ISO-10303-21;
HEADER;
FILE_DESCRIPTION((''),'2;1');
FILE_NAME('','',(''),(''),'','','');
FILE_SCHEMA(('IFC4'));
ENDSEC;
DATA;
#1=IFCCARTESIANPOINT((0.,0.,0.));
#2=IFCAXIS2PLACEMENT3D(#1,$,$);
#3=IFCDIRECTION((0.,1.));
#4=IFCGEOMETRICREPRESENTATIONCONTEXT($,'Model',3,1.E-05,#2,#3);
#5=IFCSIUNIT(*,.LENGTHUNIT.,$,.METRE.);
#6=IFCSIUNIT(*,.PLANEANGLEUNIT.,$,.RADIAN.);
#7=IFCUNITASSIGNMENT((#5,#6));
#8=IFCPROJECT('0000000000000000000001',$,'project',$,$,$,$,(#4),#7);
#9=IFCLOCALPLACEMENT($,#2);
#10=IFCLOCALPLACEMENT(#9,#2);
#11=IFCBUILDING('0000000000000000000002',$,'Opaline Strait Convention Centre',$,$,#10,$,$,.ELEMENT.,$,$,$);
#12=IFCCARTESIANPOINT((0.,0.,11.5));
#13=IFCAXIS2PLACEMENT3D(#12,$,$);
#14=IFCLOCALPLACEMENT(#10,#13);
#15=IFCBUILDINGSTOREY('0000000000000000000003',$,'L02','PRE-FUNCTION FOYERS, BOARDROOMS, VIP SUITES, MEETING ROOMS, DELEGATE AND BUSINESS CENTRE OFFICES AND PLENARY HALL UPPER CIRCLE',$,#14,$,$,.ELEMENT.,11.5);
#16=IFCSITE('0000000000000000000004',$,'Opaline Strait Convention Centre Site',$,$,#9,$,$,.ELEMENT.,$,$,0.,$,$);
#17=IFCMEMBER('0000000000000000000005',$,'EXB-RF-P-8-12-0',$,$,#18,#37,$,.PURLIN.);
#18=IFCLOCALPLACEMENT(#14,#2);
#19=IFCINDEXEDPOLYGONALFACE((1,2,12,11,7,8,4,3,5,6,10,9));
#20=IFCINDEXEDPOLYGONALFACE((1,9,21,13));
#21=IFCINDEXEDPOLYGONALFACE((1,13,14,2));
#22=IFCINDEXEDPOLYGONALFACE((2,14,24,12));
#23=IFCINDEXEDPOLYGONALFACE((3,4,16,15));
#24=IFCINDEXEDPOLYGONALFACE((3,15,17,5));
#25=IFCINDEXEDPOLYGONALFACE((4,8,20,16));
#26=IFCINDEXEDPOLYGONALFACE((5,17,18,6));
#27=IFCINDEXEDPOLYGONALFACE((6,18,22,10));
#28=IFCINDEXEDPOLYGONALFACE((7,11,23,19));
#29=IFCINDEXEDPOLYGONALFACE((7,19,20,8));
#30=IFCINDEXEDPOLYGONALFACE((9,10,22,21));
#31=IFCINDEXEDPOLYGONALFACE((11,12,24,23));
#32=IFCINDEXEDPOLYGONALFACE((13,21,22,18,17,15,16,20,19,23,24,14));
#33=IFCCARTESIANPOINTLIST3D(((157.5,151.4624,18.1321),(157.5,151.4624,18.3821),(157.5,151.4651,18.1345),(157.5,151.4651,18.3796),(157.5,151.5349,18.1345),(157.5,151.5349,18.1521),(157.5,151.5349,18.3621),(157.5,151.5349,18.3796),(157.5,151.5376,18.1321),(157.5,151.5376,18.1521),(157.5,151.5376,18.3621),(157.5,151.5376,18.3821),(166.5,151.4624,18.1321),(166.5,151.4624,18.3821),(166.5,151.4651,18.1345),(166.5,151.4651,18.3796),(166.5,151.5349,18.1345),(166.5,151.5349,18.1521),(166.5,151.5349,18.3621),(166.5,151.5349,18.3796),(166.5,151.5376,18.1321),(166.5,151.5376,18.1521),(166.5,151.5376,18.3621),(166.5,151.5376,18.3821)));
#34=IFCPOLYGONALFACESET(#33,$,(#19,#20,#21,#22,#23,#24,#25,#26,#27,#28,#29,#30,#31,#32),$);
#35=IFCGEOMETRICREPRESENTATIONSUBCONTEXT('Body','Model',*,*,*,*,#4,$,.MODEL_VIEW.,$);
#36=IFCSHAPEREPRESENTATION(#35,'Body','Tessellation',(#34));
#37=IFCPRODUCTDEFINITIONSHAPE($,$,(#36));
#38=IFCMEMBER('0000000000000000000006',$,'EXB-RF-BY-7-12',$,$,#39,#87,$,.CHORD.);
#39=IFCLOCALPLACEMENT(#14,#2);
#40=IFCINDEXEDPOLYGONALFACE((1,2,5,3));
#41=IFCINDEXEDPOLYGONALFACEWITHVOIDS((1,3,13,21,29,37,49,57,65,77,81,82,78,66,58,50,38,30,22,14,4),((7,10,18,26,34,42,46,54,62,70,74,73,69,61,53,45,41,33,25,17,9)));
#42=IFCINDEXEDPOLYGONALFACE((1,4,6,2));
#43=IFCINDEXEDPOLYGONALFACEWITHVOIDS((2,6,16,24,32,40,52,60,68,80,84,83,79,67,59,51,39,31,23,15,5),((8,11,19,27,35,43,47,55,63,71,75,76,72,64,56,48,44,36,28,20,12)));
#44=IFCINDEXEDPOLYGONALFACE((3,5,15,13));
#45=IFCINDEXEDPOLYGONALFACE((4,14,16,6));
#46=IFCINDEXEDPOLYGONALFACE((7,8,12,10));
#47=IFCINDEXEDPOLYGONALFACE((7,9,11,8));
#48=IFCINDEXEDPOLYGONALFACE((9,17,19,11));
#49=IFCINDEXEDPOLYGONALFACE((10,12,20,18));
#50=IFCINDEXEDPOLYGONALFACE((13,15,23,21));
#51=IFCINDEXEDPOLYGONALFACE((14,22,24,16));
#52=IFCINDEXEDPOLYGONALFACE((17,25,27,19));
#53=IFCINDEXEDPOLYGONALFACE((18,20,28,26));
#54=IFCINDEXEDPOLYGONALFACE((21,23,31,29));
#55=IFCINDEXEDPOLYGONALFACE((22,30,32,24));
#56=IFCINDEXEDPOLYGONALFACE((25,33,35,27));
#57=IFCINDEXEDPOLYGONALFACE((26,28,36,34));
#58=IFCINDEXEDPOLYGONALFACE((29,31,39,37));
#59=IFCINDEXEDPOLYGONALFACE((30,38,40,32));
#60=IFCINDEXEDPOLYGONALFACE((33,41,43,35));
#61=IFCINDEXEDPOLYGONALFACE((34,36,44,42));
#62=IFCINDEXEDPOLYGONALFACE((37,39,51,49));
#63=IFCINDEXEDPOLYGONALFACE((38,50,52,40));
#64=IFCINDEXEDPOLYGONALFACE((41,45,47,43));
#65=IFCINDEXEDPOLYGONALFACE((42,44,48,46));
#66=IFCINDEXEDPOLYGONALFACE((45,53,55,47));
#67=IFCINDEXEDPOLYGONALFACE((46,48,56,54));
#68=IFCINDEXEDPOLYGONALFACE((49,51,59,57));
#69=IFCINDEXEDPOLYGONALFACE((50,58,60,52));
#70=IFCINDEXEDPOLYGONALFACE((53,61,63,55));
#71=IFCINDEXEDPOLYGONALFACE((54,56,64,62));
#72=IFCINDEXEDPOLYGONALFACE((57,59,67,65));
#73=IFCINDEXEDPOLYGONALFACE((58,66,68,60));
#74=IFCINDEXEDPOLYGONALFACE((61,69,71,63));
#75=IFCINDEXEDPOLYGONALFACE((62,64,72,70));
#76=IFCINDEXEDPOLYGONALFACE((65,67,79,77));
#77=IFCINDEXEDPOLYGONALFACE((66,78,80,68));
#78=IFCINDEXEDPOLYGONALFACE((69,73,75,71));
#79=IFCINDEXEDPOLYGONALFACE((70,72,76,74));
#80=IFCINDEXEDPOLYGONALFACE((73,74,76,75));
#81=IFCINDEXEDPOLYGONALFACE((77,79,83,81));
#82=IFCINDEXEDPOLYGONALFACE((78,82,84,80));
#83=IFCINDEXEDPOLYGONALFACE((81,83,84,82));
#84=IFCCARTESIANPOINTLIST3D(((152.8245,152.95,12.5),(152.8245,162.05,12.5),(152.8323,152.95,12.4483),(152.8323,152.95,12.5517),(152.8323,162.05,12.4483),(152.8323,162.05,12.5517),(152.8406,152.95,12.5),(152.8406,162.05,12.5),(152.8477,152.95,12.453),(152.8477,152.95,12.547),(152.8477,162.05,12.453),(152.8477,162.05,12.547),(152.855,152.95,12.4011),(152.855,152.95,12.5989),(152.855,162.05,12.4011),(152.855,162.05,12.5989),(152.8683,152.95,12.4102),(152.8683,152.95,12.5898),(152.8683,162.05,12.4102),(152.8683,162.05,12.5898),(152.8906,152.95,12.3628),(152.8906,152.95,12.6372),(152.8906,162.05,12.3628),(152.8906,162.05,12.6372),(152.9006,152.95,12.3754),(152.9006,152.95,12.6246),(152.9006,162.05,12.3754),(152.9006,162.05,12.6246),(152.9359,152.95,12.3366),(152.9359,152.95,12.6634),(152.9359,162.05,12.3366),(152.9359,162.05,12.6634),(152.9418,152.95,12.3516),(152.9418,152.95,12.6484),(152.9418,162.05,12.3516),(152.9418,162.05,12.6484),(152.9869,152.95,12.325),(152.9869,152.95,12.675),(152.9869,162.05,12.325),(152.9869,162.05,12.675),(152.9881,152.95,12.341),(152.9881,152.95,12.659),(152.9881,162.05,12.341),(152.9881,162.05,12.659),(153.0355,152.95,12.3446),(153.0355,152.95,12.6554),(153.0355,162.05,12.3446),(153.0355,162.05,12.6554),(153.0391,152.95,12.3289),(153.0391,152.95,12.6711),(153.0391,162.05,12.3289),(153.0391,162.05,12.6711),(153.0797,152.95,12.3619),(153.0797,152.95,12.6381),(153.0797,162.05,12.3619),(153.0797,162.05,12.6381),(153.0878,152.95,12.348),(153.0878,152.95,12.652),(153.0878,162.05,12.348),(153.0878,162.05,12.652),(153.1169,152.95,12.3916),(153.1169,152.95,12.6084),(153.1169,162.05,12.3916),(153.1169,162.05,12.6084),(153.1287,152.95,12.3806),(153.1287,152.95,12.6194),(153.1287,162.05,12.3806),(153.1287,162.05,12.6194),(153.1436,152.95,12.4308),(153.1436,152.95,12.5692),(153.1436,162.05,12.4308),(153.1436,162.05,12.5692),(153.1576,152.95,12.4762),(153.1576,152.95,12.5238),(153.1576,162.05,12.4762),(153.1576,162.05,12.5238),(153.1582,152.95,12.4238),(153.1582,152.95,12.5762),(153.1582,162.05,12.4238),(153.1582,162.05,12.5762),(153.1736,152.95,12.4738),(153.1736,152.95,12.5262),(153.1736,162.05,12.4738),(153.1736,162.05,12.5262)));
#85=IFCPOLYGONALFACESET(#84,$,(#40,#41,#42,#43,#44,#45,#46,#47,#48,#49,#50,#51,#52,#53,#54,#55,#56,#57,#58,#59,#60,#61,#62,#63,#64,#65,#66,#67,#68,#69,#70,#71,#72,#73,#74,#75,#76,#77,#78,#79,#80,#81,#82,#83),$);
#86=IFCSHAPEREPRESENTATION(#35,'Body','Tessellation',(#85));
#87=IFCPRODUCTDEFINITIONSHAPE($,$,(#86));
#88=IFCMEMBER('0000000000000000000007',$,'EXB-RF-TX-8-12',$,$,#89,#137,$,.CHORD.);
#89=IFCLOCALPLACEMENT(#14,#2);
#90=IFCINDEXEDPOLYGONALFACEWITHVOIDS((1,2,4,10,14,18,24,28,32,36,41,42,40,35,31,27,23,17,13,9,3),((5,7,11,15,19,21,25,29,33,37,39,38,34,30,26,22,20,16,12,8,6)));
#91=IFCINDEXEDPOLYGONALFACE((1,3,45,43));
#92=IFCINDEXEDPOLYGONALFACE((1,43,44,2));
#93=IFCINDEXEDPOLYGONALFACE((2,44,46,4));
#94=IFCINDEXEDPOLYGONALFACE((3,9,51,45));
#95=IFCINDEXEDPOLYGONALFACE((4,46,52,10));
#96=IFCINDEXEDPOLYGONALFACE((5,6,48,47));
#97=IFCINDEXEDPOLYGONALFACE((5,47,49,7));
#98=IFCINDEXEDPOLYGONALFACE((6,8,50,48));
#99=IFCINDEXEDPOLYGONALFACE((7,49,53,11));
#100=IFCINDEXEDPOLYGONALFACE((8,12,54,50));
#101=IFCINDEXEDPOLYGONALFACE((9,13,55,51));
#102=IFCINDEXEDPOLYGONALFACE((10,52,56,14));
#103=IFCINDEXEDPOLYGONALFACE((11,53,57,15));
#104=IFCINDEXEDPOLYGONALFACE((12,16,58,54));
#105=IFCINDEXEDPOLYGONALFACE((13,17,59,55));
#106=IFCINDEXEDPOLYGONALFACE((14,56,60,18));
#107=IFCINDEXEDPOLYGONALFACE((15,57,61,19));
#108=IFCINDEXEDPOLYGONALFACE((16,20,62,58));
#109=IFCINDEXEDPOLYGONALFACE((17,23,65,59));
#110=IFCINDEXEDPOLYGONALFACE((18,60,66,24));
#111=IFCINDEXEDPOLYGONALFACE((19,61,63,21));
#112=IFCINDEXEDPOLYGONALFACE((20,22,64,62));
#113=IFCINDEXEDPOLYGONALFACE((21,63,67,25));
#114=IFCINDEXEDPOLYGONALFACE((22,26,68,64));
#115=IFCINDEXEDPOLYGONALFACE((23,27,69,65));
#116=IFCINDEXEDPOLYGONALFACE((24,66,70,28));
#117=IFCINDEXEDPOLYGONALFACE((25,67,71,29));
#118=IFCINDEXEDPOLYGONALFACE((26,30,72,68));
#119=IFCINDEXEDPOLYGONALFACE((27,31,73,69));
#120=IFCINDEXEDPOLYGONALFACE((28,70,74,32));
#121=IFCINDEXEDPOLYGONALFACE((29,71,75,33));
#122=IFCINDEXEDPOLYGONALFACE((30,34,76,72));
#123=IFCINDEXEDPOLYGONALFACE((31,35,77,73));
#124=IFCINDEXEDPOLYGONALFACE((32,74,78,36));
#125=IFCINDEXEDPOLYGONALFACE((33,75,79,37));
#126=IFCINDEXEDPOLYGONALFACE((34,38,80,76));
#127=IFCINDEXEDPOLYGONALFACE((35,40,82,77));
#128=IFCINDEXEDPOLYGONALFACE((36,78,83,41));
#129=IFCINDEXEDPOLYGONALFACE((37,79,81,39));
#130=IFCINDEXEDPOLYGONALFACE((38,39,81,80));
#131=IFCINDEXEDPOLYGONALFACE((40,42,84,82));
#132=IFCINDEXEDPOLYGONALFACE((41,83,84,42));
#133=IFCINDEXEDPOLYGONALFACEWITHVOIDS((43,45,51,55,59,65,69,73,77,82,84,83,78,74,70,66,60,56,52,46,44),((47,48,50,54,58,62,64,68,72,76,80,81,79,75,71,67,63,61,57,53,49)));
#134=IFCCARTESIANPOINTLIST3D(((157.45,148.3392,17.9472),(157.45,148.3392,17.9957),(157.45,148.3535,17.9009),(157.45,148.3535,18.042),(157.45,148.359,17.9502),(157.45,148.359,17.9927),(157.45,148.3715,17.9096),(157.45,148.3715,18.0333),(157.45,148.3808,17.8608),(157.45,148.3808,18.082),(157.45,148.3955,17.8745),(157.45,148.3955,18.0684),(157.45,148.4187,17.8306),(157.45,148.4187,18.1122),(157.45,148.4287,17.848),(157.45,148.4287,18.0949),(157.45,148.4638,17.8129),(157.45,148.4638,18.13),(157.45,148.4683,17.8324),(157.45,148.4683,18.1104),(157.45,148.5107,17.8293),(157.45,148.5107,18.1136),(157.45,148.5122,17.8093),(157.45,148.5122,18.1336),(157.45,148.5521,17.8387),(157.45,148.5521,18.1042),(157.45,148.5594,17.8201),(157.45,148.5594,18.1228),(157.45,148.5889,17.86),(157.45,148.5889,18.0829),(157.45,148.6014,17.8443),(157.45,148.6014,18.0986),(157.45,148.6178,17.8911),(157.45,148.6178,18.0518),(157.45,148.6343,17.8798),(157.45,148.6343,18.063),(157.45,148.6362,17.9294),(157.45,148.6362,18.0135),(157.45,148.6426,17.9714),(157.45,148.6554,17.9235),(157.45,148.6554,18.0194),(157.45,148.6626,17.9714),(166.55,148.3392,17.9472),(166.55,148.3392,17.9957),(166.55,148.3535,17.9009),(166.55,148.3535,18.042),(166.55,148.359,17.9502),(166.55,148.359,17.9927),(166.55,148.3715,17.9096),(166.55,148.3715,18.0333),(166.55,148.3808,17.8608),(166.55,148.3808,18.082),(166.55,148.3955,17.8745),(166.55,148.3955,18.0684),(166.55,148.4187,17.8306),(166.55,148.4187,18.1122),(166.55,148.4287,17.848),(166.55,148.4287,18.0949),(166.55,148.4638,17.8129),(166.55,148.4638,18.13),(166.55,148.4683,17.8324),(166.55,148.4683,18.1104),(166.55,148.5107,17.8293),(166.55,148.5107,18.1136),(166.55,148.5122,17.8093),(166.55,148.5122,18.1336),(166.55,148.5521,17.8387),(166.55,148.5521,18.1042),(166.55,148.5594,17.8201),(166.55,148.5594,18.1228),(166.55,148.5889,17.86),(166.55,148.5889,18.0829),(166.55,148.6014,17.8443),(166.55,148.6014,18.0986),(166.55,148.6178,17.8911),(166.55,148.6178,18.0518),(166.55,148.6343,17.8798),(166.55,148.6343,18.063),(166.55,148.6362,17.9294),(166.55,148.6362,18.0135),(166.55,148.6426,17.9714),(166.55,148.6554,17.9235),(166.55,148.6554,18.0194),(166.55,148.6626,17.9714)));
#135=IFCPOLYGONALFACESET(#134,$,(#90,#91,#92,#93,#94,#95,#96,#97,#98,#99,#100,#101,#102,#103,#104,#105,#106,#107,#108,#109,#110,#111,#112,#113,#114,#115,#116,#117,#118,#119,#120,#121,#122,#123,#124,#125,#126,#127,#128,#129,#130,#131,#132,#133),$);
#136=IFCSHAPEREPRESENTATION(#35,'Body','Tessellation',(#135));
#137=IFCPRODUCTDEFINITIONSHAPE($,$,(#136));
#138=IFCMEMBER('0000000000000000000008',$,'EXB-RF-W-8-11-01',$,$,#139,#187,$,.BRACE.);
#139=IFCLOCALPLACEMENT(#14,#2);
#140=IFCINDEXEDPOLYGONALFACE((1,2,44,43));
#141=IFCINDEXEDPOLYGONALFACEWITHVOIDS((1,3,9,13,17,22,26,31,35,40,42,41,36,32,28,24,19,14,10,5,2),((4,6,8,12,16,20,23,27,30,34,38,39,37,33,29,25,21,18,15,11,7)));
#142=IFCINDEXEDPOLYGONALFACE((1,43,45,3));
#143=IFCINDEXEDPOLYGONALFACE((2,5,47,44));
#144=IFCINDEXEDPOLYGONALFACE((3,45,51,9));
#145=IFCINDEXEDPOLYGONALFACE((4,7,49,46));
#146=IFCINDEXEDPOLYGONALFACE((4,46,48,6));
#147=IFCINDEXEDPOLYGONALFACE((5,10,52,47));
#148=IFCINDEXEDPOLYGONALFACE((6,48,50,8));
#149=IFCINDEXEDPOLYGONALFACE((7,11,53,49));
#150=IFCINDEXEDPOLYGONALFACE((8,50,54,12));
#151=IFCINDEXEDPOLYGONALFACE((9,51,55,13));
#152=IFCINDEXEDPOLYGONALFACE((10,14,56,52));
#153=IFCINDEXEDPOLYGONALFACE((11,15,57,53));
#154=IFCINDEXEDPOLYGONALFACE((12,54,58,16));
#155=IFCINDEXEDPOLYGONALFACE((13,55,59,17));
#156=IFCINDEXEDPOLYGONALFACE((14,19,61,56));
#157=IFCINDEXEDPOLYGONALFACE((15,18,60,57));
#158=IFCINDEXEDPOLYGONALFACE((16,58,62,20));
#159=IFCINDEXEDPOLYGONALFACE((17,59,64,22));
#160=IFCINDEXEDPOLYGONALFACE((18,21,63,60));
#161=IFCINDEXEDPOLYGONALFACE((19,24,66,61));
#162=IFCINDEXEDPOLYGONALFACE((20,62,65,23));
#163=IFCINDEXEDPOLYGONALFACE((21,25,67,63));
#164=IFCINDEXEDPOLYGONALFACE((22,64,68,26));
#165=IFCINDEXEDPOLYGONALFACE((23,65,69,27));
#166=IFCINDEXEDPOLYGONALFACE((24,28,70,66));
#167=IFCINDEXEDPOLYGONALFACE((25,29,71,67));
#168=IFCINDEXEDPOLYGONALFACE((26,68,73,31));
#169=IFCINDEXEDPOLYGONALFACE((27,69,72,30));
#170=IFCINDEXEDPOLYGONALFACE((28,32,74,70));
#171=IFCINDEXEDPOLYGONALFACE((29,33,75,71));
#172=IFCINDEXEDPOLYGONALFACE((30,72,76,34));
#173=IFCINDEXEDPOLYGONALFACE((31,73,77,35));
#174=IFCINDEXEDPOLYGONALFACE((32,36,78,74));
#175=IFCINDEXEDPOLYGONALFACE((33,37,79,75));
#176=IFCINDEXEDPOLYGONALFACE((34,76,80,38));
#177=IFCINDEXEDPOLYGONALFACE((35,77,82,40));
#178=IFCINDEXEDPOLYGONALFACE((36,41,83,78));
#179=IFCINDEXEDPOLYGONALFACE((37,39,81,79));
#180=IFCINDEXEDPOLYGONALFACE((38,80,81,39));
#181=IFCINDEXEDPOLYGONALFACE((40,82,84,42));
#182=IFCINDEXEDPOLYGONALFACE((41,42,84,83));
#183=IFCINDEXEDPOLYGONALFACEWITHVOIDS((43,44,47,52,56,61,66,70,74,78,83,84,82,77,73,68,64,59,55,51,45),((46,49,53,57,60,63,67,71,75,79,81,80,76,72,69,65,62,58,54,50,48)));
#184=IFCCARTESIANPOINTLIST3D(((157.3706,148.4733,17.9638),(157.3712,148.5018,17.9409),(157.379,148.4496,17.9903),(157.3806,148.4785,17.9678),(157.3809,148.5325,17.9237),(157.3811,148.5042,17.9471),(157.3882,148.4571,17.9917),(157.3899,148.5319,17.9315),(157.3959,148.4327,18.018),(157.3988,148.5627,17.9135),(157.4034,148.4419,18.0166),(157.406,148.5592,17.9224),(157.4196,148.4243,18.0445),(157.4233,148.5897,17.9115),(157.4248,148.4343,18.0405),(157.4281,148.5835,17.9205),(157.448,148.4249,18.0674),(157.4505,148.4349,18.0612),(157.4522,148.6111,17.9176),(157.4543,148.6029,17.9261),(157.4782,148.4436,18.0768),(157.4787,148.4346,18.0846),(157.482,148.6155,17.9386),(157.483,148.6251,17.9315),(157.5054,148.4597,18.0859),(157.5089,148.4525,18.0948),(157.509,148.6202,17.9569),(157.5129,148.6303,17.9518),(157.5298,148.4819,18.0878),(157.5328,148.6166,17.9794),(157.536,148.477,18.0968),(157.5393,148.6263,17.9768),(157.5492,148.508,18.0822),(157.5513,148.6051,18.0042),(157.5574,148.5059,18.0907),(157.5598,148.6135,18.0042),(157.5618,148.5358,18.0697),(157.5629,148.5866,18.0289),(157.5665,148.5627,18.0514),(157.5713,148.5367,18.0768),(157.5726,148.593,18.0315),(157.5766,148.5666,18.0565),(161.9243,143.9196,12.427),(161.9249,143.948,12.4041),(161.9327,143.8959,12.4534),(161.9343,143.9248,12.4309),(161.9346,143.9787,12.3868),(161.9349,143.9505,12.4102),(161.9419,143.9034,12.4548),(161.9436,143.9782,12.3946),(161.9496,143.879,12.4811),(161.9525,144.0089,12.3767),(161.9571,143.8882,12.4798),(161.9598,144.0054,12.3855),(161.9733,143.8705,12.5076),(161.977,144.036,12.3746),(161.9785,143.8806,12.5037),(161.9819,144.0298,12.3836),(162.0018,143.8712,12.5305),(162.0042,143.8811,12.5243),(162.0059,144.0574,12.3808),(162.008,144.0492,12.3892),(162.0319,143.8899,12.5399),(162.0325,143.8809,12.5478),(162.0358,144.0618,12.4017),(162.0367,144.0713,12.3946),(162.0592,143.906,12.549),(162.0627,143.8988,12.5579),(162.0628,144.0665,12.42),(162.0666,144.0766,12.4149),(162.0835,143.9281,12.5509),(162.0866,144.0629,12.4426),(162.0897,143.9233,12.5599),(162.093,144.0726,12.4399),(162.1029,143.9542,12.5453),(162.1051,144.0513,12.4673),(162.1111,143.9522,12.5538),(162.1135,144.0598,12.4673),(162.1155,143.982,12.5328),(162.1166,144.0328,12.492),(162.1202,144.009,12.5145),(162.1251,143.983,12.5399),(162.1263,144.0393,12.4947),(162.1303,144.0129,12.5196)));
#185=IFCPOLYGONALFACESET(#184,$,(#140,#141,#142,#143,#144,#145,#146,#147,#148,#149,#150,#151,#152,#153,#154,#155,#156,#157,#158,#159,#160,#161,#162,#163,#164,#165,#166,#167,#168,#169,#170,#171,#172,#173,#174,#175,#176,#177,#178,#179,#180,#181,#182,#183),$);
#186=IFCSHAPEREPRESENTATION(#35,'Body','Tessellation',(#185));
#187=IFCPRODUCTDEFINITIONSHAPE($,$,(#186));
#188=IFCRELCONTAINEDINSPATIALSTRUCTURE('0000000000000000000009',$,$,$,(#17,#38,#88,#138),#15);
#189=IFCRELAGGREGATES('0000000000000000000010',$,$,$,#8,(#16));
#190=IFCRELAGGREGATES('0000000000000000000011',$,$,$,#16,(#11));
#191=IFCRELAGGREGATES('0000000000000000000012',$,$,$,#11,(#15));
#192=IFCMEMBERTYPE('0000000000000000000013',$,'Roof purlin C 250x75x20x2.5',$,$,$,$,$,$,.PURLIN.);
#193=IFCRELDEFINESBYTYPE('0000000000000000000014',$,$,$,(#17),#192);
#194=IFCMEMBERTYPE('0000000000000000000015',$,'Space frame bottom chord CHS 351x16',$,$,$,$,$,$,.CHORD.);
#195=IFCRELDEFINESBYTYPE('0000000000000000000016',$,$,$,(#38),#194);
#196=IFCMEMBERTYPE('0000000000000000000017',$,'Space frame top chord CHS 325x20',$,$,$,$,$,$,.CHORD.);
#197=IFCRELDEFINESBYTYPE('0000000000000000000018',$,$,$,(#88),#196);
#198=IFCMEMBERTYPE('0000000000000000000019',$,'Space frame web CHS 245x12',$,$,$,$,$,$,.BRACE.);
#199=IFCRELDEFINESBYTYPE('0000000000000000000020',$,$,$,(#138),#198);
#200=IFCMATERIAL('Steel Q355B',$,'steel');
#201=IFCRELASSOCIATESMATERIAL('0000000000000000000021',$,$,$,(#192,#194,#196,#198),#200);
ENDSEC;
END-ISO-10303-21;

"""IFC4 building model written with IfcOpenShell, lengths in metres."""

from ifc_helpers import new_model, si_unit, direction, frame, origin, origin_2d, place, context, subcontext, project, spatial, polyline, hollow_circle, outline, extrude, material, material_profile, profile_set, type_object, element, save


model = new_model("IFC4")

# Units and contexts
model_context = context("Model", 3, precision=1e-05, world=origin(), true_north=direction((0.0, 1.0)))
body_context = subcontext(model_context, "Body", "Model", "MODEL_VIEW")
ifc_project = project(units=[si_unit("LENGTHUNIT", "METRE"), si_unit("PLANEANGLEUNIT", "RADIAN")], contexts=[model_context])

# Site, building, storey
site_placement = place(None, origin())
site = spatial("IfcSite", under=ifc_project, at=site_placement, Name="Opaline Strait Convention Centre Site", CompositionType="ELEMENT", RefElevation=0.0)
building_placement = place(site_placement, origin())
building = spatial("IfcBuilding", under=site, at=building_placement, Name="Opaline Strait Convention Centre", CompositionType="ELEMENT")
storey_placement = place(building_placement, frame((0.0, 0.0, 11.5)))
storey = spatial("IfcBuildingStorey", under=building, at=storey_placement, Name="L02", Description="PRE-FUNCTION FOYERS, BOARDROOMS, VIP SUITES, MEETING ROOMS, DELEGATE AND BUSINESS CENTRE OFFICES AND PLENARY HALL UPPER CIRCLE", CompositionType="ELEMENT", Elevation=11.5)

# Members
ifc_material_1 = material(Name="Steel Q355B", Category="steel")
ifc_material_profile_1 = material_profile(ifc_material_1, outline(polyline([(-0.0376, -0.125), (0.0376, -0.125), (0.0376, -0.105), (0.0349, -0.105), (0.0349, -0.1226), (-0.0349, -0.1226), (-0.0349, 0.1226), (0.0349, 0.1226), (0.0349, 0.105), (0.0376, 0.105), (0.0376, 0.125), (-0.0376, 0.125), (-0.0376, -0.125)])), Name="C 250x75x20x2.5")
ifc_profile_set_1 = profile_set([ifc_material_profile_1], Name="Steel Q355B")
member_type_1 = type_object("IfcMemberType", Name="Roof purlin C 250x75x20x2.5", PredefinedType="PURLIN", material=ifc_profile_set_1)
member_1_placement = place(storey_placement, frame((157.5, 151.5, 18.2571), z_axis=(1.0, 0.0, 0.0), x_axis=(0.0, 1.0, 0.0)))
element("IfcMember", 1, at=member_1_placement, inside=storey, type_object=member_type_1, Name="EXB-RF-P-8-12-0", PredefinedType="PURLIN", context=body_context, shape_type="SweptSolid", body=[
    extrude(outline(polyline([(-0.0376, -0.125), (0.0376, -0.125), (0.0376, -0.105), (0.0349, -0.105), (0.0349, -0.1226), (-0.0349, -0.1226), (-0.0349, 0.1226), (0.0349, 0.1226), (0.0349, 0.105), (0.0376, 0.105), (0.0376, 0.125), (-0.0376, 0.125), (-0.0376, -0.125)])), origin(), (0.0, 0.0, 1.0), 9.0),
])
ifc_material_profile_2 = material_profile(ifc_material_1, hollow_circle(Radius=0.1755, WallThickness=0.0161, at=origin_2d()), Name="CHS 351x16")
ifc_profile_set_2 = profile_set([ifc_material_profile_2], Name="Steel Q355B")
member_type_2 = type_object("IfcMemberType", Name="Space frame bottom chord CHS 351x16", PredefinedType="CHORD", material=ifc_profile_set_2)
member_2_placement = place(storey_placement, frame((153.0, 152.95, 12.5), z_axis=(0.0, 1.0, 0.0), x_axis=(-1.0, 0.0, 0.0)))
element("IfcMember", 2, at=member_2_placement, inside=storey, type_object=member_type_2, Name="EXB-RF-BY-7-12", PredefinedType="CHORD", context=body_context, shape_type="SweptSolid", body=[
    extrude(hollow_circle(Radius=0.1755, WallThickness=0.0161, at=origin_2d()), origin(), (0.0, 0.0, 1.0), 9.1001),
])
ifc_material_profile_3 = material_profile(ifc_material_1, hollow_circle(Radius=0.1626, WallThickness=0.02, at=origin_2d()), Name="CHS 325x20")
ifc_profile_set_3 = profile_set([ifc_material_profile_3], Name="Steel Q355B")
member_type_3 = type_object("IfcMemberType", Name="Space frame top chord CHS 325x20", PredefinedType="CHORD", material=ifc_profile_set_3)
member_3_placement = place(storey_placement, frame((157.45, 148.5, 17.9714), z_axis=(1.0, 0.0, 0.0), x_axis=(0.0, 1.0, 0.0)))
element("IfcMember", 3, at=member_3_placement, inside=storey, type_object=member_type_3, Name="EXB-RF-TX-8-12", PredefinedType="CHORD", context=body_context, shape_type="SweptSolid", body=[
    extrude(hollow_circle(Radius=0.1626, WallThickness=0.02, at=origin_2d()), origin(), (0.0, 0.0, 1.0), 9.1001),
])
ifc_material_profile_4 = material_profile(ifc_material_1, hollow_circle(Radius=0.1226, WallThickness=0.012, at=origin_2d()), Name="CHS 245x12")
ifc_profile_set_4 = profile_set([ifc_material_profile_4], Name="Steel Q355B")
member_type_4 = type_object("IfcMemberType", Name="Space frame web CHS 245x12", PredefinedType="BRACE", material=ifc_profile_set_4)
member_4_placement = place(storey_placement, frame((157.4731, 148.5269, 18.0042), z_axis=(0.536178, -0.536178, -0.65194), x_axis=(0.707107, 0.707107, 0.0)))
element("IfcMember", 4, at=member_4_placement, inside=storey, type_object=member_type_4, Name="EXB-RF-W-8-11-01", PredefinedType="BRACE", context=body_context, shape_type="SweptSolid", body=[
    extrude(hollow_circle(Radius=0.1226, WallThickness=0.012, at=origin_2d()), origin(), (0.0, 0.0, 1.0), 8.4929),
])

save(model, "model.ifc")
